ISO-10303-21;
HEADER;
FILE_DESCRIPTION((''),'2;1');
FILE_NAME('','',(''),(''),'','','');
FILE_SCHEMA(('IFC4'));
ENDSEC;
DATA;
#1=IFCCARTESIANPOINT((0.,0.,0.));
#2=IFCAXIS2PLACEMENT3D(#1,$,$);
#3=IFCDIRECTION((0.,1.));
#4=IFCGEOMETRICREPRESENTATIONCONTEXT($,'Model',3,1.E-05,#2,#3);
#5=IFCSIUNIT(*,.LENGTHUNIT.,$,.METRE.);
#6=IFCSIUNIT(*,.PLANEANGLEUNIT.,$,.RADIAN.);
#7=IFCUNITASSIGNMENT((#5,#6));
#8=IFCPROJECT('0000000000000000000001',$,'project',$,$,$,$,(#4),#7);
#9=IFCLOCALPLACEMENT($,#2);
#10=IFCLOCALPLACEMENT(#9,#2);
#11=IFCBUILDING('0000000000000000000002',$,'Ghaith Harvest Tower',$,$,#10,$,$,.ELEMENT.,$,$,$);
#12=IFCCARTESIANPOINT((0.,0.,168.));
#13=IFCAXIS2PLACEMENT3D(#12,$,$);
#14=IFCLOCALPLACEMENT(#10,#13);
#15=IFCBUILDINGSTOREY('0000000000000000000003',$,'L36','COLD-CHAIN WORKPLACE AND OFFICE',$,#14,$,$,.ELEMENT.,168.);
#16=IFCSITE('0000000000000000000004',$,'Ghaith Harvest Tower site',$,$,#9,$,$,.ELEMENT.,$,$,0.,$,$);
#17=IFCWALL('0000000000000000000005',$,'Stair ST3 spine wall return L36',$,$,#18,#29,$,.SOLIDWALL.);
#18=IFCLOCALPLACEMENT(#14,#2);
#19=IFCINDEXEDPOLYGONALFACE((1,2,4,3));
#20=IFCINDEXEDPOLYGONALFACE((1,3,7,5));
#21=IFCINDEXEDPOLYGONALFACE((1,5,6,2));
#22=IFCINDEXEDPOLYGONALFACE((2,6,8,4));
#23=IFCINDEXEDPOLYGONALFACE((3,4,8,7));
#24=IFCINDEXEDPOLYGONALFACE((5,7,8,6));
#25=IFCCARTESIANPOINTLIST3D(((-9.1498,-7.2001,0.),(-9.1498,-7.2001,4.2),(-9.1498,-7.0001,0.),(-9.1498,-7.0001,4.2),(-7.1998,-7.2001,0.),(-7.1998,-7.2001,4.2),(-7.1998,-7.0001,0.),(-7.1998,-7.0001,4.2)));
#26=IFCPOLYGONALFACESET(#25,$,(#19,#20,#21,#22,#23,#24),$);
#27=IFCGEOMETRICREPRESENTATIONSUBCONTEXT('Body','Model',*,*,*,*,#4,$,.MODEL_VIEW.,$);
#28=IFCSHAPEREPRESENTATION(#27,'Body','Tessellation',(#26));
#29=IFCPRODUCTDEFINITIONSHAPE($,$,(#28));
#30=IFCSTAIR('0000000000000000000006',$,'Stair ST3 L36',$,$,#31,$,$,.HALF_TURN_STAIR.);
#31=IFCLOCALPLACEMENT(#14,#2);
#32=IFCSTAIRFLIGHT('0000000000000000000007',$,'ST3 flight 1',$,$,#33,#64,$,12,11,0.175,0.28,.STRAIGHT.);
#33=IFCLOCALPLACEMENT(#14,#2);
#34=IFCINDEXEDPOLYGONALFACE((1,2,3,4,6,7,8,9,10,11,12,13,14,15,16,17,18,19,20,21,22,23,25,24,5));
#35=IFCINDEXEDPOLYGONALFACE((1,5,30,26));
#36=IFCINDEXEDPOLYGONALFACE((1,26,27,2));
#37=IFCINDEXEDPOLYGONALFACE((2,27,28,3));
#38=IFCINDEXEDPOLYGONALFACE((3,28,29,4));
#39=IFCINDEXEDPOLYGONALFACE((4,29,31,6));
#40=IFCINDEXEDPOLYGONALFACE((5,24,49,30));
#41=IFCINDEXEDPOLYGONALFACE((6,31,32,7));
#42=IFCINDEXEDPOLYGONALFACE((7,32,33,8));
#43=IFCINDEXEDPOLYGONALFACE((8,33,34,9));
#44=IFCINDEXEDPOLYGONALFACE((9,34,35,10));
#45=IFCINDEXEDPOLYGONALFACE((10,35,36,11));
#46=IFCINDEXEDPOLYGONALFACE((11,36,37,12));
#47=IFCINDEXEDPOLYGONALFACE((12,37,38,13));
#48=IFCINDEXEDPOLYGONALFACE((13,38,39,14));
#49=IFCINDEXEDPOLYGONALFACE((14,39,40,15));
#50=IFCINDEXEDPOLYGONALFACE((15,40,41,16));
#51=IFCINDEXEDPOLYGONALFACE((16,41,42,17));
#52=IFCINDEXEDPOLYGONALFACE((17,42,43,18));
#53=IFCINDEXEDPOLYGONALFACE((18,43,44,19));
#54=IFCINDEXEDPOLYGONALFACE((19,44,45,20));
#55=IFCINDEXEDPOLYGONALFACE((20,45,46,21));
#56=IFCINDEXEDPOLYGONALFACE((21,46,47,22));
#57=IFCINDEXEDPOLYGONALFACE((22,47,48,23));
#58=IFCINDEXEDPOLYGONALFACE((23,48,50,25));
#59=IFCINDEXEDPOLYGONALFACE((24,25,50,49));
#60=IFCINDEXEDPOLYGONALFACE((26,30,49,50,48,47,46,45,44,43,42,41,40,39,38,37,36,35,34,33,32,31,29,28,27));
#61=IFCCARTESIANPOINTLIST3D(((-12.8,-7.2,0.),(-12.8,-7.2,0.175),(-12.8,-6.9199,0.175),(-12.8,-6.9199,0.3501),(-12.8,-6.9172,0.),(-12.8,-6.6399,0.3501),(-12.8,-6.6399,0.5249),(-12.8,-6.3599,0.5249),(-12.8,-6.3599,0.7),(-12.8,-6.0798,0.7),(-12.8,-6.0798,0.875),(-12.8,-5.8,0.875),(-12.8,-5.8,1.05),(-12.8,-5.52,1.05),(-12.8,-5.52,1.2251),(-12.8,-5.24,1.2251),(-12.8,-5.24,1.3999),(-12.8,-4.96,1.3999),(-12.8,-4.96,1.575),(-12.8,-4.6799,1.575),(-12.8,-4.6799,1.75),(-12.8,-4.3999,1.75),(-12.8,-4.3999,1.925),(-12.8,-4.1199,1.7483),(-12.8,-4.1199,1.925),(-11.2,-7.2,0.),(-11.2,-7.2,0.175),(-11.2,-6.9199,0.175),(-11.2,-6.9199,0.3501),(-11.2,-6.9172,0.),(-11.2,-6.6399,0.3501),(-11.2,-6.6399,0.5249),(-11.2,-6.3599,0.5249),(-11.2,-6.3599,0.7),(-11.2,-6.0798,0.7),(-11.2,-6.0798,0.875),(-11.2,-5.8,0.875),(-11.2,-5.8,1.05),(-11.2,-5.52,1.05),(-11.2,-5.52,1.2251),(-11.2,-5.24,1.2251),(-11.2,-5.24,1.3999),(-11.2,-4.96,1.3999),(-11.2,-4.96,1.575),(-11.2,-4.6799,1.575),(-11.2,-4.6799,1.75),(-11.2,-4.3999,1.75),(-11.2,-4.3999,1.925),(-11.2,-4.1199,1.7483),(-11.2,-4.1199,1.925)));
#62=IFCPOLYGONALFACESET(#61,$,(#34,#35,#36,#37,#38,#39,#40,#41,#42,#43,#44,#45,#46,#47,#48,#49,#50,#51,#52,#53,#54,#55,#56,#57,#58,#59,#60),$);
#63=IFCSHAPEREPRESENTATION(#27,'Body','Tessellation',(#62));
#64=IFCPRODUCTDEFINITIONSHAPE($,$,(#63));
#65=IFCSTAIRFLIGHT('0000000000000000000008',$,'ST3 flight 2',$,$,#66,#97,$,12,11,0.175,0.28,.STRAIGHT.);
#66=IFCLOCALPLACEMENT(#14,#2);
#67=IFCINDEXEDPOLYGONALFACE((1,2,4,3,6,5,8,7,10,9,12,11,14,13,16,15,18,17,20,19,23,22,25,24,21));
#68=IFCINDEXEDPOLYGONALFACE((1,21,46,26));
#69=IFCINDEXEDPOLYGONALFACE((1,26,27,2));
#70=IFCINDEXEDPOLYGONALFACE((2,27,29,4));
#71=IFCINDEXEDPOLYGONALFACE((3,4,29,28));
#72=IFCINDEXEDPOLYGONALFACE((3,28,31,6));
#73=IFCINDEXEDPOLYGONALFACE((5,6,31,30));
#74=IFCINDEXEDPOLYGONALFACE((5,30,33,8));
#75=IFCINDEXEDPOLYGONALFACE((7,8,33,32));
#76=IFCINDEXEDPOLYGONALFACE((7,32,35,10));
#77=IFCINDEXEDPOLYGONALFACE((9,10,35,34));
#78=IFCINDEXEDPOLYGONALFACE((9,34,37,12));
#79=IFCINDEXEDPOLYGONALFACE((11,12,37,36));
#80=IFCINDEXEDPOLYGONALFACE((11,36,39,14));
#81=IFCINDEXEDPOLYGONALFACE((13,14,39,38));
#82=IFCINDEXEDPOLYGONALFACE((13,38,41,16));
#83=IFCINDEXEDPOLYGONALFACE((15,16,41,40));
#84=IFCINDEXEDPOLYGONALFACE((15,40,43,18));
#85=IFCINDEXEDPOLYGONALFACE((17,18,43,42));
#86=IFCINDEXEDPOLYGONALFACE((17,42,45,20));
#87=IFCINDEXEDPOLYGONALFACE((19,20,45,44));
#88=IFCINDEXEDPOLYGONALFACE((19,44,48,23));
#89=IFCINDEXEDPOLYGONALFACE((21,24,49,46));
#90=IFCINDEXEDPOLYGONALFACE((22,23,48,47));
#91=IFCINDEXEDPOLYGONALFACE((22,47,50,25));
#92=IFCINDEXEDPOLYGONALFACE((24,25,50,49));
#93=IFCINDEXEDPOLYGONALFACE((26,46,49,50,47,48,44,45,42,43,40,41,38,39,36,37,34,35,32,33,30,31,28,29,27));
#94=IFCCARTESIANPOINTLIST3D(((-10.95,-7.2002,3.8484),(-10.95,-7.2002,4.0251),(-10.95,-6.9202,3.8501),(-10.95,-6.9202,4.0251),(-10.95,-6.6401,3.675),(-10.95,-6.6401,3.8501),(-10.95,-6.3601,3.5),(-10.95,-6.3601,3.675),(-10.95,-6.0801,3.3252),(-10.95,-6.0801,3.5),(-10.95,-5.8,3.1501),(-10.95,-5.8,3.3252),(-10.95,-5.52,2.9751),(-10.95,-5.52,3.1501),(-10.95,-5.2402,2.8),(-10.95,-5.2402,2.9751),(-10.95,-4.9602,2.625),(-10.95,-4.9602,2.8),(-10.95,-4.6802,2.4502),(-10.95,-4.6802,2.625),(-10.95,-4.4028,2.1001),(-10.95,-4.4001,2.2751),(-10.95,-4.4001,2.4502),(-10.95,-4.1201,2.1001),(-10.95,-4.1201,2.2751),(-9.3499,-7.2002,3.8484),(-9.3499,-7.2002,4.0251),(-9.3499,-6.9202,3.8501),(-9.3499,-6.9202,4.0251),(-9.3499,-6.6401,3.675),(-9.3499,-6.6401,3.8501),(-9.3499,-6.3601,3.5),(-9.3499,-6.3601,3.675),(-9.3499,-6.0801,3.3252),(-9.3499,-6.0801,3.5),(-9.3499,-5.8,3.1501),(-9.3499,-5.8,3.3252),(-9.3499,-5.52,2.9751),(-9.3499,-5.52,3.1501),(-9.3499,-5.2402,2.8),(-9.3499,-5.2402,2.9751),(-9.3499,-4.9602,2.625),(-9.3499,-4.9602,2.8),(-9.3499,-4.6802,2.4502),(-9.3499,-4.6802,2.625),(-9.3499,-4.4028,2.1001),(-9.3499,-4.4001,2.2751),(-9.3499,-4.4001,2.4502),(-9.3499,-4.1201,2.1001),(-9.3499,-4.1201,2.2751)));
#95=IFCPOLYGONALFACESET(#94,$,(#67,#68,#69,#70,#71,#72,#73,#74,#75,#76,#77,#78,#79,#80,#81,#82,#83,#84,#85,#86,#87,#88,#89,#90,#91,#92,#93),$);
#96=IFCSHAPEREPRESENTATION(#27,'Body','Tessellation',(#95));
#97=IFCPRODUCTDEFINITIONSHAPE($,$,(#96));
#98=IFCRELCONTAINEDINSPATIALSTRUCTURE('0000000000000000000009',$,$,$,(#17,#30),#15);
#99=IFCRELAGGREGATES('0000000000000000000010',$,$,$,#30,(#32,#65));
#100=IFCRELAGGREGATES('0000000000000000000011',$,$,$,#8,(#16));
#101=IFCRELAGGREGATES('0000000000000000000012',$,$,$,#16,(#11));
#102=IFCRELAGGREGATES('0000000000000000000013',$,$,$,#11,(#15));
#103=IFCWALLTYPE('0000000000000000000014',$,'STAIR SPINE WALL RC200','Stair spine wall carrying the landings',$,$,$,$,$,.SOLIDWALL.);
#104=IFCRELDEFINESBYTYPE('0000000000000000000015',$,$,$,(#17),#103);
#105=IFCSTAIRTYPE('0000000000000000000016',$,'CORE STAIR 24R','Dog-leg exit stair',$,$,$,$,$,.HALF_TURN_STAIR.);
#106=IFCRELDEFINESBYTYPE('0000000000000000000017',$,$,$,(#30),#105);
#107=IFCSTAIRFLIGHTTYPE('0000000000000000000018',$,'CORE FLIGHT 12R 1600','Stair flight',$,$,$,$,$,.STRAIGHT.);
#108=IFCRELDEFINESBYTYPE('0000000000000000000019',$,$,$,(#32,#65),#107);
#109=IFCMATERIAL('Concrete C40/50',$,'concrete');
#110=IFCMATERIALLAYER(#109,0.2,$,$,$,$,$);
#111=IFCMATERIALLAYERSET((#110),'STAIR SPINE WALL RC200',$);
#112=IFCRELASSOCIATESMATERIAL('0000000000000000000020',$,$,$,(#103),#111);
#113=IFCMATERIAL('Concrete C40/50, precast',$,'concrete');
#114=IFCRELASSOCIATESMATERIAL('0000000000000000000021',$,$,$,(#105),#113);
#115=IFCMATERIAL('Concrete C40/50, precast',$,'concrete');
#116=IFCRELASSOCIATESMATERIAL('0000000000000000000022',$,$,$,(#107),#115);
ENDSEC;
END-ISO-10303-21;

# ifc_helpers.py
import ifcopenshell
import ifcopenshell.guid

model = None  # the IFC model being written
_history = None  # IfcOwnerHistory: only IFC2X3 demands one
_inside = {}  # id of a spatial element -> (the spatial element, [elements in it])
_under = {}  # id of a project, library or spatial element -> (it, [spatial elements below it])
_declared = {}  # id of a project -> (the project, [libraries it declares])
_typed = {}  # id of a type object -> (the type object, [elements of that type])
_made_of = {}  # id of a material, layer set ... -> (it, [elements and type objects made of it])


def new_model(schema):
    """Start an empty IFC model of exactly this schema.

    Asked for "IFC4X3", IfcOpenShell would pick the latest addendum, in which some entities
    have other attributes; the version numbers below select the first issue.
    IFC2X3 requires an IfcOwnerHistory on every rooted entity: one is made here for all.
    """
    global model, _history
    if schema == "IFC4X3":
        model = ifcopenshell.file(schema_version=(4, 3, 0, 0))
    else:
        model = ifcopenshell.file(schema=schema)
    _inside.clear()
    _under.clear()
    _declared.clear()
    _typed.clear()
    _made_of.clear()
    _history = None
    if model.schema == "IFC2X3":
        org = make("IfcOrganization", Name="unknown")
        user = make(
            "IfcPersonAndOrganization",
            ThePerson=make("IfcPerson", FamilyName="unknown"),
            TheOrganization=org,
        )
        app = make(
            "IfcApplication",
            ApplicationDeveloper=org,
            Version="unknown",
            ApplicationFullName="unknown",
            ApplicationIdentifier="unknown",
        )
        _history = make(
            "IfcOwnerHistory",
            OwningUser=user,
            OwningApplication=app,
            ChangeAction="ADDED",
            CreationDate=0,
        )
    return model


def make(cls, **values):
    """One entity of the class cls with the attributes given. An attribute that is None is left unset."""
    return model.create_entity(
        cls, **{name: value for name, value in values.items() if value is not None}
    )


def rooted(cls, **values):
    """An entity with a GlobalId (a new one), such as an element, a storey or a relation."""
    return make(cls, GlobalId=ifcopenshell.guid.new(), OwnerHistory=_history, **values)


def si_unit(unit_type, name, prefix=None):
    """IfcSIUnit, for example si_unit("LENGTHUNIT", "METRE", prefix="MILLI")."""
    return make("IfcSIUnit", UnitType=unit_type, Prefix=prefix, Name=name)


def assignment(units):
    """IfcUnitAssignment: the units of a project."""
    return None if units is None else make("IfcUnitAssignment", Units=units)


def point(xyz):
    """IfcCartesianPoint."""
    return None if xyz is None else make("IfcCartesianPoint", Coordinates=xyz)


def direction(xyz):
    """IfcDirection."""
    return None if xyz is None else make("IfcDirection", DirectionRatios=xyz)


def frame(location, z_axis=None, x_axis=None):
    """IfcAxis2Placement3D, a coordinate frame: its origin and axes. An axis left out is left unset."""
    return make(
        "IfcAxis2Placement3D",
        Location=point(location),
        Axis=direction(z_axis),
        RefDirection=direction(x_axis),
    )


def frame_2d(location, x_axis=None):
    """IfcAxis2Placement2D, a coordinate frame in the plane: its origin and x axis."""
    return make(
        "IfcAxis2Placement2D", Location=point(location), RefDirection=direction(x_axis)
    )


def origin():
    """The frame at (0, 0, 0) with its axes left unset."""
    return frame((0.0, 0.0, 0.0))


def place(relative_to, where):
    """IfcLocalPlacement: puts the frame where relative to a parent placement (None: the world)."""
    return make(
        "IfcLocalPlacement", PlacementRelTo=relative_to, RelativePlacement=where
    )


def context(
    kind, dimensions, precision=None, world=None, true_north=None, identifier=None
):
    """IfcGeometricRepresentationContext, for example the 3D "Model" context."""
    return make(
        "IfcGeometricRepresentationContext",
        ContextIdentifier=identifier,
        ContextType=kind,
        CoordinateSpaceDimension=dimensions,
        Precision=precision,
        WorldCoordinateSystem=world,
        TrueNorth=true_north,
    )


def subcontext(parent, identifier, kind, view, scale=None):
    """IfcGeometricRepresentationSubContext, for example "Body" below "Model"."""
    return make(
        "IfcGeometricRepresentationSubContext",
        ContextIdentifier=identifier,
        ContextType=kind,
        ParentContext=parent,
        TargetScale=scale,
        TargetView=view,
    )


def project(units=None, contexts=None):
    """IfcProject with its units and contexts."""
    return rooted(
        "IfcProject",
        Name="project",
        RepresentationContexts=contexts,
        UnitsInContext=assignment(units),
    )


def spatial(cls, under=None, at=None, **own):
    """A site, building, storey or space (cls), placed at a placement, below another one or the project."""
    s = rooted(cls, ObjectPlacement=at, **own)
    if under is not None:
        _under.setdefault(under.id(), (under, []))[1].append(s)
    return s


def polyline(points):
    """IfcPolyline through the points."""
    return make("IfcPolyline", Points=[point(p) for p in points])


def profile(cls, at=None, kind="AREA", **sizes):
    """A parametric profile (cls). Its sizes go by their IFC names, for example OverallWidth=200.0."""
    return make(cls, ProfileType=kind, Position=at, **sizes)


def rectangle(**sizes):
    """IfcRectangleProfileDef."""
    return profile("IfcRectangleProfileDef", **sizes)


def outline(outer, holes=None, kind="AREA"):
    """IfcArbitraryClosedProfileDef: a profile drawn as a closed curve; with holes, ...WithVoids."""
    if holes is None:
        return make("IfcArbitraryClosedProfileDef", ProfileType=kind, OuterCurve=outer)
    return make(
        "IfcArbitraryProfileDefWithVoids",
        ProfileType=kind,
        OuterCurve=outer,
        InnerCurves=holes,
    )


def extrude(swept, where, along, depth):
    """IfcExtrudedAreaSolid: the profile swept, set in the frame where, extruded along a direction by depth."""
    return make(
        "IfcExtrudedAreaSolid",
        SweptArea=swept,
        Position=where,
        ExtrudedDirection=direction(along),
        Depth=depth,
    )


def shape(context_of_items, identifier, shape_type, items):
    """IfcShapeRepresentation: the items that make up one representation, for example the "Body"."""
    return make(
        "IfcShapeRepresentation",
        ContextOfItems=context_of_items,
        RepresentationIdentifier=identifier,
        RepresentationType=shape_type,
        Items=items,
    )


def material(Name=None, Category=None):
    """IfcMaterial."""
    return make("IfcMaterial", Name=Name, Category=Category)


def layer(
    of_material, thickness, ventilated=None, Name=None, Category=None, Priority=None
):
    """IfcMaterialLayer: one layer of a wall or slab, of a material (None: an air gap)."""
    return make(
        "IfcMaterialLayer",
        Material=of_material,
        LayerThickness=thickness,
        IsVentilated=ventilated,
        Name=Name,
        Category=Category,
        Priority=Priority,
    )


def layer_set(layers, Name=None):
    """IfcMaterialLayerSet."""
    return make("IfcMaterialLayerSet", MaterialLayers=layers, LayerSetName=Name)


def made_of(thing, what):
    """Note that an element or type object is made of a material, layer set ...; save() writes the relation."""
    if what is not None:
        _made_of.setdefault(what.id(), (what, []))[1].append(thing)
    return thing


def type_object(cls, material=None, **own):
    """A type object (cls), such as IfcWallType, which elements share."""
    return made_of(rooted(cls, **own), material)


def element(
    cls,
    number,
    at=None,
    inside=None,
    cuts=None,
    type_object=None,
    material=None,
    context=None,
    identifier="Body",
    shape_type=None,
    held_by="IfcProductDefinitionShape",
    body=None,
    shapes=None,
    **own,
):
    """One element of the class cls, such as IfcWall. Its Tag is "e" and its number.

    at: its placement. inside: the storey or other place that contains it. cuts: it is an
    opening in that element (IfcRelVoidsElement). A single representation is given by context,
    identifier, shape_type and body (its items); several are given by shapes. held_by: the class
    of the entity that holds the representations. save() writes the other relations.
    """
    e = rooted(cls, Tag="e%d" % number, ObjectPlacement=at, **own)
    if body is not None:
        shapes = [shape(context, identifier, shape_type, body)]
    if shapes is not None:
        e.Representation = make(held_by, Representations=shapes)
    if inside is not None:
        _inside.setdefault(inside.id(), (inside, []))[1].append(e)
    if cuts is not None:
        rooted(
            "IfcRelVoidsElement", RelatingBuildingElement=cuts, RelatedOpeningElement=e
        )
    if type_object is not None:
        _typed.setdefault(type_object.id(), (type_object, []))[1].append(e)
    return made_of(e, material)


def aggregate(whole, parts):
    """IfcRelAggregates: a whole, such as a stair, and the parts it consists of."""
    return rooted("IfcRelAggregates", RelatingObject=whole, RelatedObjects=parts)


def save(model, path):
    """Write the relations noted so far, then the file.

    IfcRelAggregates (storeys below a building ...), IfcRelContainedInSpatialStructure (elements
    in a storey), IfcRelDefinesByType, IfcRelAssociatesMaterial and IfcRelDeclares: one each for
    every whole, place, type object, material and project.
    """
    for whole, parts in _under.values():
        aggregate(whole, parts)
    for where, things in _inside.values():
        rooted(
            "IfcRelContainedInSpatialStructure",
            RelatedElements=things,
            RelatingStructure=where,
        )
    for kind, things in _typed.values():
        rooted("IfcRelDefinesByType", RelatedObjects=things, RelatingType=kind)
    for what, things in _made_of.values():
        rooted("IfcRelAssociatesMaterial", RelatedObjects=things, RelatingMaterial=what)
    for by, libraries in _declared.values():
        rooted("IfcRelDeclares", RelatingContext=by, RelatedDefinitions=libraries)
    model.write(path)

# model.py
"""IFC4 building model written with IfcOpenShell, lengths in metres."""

from ifc_helpers import new_model, si_unit, direction, frame, frame_2d, origin, place, context, subcontext, project, spatial, polyline, rectangle, outline, extrude, material, layer, layer_set, type_object, element, aggregate, save


model = new_model("IFC4")

# Units and contexts
model_context = context("Model", 3, precision=1e-05, world=origin(), true_north=direction((0.0, 1.0)))
body_context = subcontext(model_context, "Body", "Model", "MODEL_VIEW")
ifc_project = project(units=[si_unit("LENGTHUNIT", "METRE"), si_unit("PLANEANGLEUNIT", "RADIAN")], contexts=[model_context])

# Site, building, storey
site_placement = place(None, origin())
site = spatial("IfcSite", under=ifc_project, at=site_placement, Name="Ghaith Harvest Tower site", CompositionType="ELEMENT", RefElevation=0.0)
building_placement = place(site_placement, origin())
building = spatial("IfcBuilding", under=site, at=building_placement, Name="Ghaith Harvest Tower", CompositionType="ELEMENT")
storey_placement = place(building_placement, frame((0.0, 0.0, 168.0)))
storey = spatial("IfcBuildingStorey", under=building, at=storey_placement, Name="L36", Description="COLD-CHAIN WORKPLACE AND OFFICE", CompositionType="ELEMENT", Elevation=168.0)

# Wall
ifc_material_1 = material(Name="Concrete C40/50", Category="concrete")
ifc_layer_1 = layer(ifc_material_1, 0.2)
ifc_layer_set_1 = layer_set([ifc_layer_1], Name="STAIR SPINE WALL RC200")
wall_type_1 = type_object("IfcWallType", Name="STAIR SPINE WALL RC200", Description="Stair spine wall carrying the landings", PredefinedType="SOLIDWALL", material=ifc_layer_set_1)
wall_1_placement = place(storey_placement, frame((-9.1499, -7.1001, 0.0), z_axis=(0.0, 0.0, 1.0), x_axis=(1.0, 0.0, 0.0)))
element("IfcWall", 1, at=wall_1_placement, inside=storey, type_object=wall_type_1, Name="Stair ST3 spine wall return L36", PredefinedType="SOLIDWALL", context=body_context, shape_type="SweptSolid", body=[
    extrude(rectangle(XDim=1.95, YDim=0.2, at=frame_2d((0.9751, 0.0))), origin(), (0.0, 0.0, 1.0), 4.2),
])

# Stair, stair flights
ifc_material_2 = material(Name="Concrete C40/50, precast", Category="concrete")
stair_type = type_object("IfcStairType", Name="CORE STAIR 24R", Description="Dog-leg exit stair", PredefinedType="HALF_TURN_STAIR", material=ifc_material_2)
stair_placement = place(storey_placement, origin())
stair = element("IfcStair", 2, at=stair_placement, inside=storey, type_object=stair_type, Name="Stair ST3 L36", PredefinedType="HALF_TURN_STAIR")
ifc_material_3 = material(Name="Concrete C40/50, precast", Category="concrete")
stair_flight_type = type_object("IfcStairFlightType", Name="CORE FLIGHT 12R 1600", Description="Stair flight", PredefinedType="STRAIGHT", material=ifc_material_3)
stair_flight_1_placement = place(storey_placement, frame((-12.0, -7.2, 0.0), z_axis=(0.0, 0.0, 1.0), x_axis=(0.0, 1.0, 0.0)))
stair_flight_1 = element("IfcStairFlight", 3, at=stair_flight_1_placement, type_object=stair_flight_type, Name="ST3 flight 1", NumberOfRisers=12, NumberOfTreads=11, PredefinedType="STRAIGHT", RiserHeight=0.175, TreadLength=0.28, context=body_context, shape_type="SweptSolid", body=[
    extrude(outline(polyline([(0.0, 0.0), (0.0, 0.175), (0.28, 0.175), (0.28, 0.3501), (0.5601, 0.3501), (0.5601, 0.5249), (0.8401, 0.5249), (0.8401, 0.7), (1.1201, 0.7), (1.1201, 0.875), (1.3999, 0.875), (1.3999, 1.05), (1.6799, 1.05), (1.6799, 1.2251), (1.96, 1.2251), (1.96, 1.3999), (2.24, 1.3999), (2.24, 1.575), (2.52, 1.575), (2.52, 1.75), (2.8, 1.75), (2.8, 1.925), (3.0801, 1.925), (3.0801, 2.1001), (3.0801, 1.7483), (0.2827, 0.0), (0.0, 0.0)])), frame((0.0, 0.8, 0.0), z_axis=(0.0, -1.0, 0.0), x_axis=(1.0, 0.0, 0.0)), (0.0, 0.0, 1.0), 1.6001),
])
stair_flight_2_placement = place(storey_placement, frame((-10.1499, -4.1201, 2.1001), z_axis=(0.0, 0.0, 1.0), x_axis=(0.0, -1.0, 0.0)))
stair_flight_2 = element("IfcStairFlight", 4, at=stair_flight_2_placement, type_object=stair_flight_type, Name="ST3 flight 2", NumberOfRisers=12, NumberOfTreads=11, PredefinedType="STRAIGHT", RiserHeight=0.175, TreadLength=0.28, context=body_context, shape_type="SweptSolid", body=[
    extrude(outline(polyline([(0.0, 0.0), (0.0, 0.175), (0.28, 0.175), (0.28, 0.3501), (0.5601, 0.3501), (0.5601, 0.5249), (0.8401, 0.5249), (0.8401, 0.7), (1.1201, 0.7), (1.1201, 0.875), (1.3999, 0.875), (1.3999, 1.05), (1.6799, 1.05), (1.6799, 1.2251), (1.96, 1.2251), (1.96, 1.3999), (2.24, 1.3999), (2.24, 1.575), (2.52, 1.575), (2.52, 1.75), (2.8, 1.75), (2.8, 1.925), (3.0801, 1.925), (3.0801, 2.1001), (3.0801, 1.7483), (0.2827, 0.0), (0.0, 0.0)])), frame((0.0, 0.8, 0.0), z_axis=(0.0, -1.0, 0.0), x_axis=(1.0, 0.0, 0.0)), (0.0, 0.0, 1.0), 1.6001),
])
aggregate(stair, [stair_flight_1, stair_flight_2])

save(model, "model.ifc")
